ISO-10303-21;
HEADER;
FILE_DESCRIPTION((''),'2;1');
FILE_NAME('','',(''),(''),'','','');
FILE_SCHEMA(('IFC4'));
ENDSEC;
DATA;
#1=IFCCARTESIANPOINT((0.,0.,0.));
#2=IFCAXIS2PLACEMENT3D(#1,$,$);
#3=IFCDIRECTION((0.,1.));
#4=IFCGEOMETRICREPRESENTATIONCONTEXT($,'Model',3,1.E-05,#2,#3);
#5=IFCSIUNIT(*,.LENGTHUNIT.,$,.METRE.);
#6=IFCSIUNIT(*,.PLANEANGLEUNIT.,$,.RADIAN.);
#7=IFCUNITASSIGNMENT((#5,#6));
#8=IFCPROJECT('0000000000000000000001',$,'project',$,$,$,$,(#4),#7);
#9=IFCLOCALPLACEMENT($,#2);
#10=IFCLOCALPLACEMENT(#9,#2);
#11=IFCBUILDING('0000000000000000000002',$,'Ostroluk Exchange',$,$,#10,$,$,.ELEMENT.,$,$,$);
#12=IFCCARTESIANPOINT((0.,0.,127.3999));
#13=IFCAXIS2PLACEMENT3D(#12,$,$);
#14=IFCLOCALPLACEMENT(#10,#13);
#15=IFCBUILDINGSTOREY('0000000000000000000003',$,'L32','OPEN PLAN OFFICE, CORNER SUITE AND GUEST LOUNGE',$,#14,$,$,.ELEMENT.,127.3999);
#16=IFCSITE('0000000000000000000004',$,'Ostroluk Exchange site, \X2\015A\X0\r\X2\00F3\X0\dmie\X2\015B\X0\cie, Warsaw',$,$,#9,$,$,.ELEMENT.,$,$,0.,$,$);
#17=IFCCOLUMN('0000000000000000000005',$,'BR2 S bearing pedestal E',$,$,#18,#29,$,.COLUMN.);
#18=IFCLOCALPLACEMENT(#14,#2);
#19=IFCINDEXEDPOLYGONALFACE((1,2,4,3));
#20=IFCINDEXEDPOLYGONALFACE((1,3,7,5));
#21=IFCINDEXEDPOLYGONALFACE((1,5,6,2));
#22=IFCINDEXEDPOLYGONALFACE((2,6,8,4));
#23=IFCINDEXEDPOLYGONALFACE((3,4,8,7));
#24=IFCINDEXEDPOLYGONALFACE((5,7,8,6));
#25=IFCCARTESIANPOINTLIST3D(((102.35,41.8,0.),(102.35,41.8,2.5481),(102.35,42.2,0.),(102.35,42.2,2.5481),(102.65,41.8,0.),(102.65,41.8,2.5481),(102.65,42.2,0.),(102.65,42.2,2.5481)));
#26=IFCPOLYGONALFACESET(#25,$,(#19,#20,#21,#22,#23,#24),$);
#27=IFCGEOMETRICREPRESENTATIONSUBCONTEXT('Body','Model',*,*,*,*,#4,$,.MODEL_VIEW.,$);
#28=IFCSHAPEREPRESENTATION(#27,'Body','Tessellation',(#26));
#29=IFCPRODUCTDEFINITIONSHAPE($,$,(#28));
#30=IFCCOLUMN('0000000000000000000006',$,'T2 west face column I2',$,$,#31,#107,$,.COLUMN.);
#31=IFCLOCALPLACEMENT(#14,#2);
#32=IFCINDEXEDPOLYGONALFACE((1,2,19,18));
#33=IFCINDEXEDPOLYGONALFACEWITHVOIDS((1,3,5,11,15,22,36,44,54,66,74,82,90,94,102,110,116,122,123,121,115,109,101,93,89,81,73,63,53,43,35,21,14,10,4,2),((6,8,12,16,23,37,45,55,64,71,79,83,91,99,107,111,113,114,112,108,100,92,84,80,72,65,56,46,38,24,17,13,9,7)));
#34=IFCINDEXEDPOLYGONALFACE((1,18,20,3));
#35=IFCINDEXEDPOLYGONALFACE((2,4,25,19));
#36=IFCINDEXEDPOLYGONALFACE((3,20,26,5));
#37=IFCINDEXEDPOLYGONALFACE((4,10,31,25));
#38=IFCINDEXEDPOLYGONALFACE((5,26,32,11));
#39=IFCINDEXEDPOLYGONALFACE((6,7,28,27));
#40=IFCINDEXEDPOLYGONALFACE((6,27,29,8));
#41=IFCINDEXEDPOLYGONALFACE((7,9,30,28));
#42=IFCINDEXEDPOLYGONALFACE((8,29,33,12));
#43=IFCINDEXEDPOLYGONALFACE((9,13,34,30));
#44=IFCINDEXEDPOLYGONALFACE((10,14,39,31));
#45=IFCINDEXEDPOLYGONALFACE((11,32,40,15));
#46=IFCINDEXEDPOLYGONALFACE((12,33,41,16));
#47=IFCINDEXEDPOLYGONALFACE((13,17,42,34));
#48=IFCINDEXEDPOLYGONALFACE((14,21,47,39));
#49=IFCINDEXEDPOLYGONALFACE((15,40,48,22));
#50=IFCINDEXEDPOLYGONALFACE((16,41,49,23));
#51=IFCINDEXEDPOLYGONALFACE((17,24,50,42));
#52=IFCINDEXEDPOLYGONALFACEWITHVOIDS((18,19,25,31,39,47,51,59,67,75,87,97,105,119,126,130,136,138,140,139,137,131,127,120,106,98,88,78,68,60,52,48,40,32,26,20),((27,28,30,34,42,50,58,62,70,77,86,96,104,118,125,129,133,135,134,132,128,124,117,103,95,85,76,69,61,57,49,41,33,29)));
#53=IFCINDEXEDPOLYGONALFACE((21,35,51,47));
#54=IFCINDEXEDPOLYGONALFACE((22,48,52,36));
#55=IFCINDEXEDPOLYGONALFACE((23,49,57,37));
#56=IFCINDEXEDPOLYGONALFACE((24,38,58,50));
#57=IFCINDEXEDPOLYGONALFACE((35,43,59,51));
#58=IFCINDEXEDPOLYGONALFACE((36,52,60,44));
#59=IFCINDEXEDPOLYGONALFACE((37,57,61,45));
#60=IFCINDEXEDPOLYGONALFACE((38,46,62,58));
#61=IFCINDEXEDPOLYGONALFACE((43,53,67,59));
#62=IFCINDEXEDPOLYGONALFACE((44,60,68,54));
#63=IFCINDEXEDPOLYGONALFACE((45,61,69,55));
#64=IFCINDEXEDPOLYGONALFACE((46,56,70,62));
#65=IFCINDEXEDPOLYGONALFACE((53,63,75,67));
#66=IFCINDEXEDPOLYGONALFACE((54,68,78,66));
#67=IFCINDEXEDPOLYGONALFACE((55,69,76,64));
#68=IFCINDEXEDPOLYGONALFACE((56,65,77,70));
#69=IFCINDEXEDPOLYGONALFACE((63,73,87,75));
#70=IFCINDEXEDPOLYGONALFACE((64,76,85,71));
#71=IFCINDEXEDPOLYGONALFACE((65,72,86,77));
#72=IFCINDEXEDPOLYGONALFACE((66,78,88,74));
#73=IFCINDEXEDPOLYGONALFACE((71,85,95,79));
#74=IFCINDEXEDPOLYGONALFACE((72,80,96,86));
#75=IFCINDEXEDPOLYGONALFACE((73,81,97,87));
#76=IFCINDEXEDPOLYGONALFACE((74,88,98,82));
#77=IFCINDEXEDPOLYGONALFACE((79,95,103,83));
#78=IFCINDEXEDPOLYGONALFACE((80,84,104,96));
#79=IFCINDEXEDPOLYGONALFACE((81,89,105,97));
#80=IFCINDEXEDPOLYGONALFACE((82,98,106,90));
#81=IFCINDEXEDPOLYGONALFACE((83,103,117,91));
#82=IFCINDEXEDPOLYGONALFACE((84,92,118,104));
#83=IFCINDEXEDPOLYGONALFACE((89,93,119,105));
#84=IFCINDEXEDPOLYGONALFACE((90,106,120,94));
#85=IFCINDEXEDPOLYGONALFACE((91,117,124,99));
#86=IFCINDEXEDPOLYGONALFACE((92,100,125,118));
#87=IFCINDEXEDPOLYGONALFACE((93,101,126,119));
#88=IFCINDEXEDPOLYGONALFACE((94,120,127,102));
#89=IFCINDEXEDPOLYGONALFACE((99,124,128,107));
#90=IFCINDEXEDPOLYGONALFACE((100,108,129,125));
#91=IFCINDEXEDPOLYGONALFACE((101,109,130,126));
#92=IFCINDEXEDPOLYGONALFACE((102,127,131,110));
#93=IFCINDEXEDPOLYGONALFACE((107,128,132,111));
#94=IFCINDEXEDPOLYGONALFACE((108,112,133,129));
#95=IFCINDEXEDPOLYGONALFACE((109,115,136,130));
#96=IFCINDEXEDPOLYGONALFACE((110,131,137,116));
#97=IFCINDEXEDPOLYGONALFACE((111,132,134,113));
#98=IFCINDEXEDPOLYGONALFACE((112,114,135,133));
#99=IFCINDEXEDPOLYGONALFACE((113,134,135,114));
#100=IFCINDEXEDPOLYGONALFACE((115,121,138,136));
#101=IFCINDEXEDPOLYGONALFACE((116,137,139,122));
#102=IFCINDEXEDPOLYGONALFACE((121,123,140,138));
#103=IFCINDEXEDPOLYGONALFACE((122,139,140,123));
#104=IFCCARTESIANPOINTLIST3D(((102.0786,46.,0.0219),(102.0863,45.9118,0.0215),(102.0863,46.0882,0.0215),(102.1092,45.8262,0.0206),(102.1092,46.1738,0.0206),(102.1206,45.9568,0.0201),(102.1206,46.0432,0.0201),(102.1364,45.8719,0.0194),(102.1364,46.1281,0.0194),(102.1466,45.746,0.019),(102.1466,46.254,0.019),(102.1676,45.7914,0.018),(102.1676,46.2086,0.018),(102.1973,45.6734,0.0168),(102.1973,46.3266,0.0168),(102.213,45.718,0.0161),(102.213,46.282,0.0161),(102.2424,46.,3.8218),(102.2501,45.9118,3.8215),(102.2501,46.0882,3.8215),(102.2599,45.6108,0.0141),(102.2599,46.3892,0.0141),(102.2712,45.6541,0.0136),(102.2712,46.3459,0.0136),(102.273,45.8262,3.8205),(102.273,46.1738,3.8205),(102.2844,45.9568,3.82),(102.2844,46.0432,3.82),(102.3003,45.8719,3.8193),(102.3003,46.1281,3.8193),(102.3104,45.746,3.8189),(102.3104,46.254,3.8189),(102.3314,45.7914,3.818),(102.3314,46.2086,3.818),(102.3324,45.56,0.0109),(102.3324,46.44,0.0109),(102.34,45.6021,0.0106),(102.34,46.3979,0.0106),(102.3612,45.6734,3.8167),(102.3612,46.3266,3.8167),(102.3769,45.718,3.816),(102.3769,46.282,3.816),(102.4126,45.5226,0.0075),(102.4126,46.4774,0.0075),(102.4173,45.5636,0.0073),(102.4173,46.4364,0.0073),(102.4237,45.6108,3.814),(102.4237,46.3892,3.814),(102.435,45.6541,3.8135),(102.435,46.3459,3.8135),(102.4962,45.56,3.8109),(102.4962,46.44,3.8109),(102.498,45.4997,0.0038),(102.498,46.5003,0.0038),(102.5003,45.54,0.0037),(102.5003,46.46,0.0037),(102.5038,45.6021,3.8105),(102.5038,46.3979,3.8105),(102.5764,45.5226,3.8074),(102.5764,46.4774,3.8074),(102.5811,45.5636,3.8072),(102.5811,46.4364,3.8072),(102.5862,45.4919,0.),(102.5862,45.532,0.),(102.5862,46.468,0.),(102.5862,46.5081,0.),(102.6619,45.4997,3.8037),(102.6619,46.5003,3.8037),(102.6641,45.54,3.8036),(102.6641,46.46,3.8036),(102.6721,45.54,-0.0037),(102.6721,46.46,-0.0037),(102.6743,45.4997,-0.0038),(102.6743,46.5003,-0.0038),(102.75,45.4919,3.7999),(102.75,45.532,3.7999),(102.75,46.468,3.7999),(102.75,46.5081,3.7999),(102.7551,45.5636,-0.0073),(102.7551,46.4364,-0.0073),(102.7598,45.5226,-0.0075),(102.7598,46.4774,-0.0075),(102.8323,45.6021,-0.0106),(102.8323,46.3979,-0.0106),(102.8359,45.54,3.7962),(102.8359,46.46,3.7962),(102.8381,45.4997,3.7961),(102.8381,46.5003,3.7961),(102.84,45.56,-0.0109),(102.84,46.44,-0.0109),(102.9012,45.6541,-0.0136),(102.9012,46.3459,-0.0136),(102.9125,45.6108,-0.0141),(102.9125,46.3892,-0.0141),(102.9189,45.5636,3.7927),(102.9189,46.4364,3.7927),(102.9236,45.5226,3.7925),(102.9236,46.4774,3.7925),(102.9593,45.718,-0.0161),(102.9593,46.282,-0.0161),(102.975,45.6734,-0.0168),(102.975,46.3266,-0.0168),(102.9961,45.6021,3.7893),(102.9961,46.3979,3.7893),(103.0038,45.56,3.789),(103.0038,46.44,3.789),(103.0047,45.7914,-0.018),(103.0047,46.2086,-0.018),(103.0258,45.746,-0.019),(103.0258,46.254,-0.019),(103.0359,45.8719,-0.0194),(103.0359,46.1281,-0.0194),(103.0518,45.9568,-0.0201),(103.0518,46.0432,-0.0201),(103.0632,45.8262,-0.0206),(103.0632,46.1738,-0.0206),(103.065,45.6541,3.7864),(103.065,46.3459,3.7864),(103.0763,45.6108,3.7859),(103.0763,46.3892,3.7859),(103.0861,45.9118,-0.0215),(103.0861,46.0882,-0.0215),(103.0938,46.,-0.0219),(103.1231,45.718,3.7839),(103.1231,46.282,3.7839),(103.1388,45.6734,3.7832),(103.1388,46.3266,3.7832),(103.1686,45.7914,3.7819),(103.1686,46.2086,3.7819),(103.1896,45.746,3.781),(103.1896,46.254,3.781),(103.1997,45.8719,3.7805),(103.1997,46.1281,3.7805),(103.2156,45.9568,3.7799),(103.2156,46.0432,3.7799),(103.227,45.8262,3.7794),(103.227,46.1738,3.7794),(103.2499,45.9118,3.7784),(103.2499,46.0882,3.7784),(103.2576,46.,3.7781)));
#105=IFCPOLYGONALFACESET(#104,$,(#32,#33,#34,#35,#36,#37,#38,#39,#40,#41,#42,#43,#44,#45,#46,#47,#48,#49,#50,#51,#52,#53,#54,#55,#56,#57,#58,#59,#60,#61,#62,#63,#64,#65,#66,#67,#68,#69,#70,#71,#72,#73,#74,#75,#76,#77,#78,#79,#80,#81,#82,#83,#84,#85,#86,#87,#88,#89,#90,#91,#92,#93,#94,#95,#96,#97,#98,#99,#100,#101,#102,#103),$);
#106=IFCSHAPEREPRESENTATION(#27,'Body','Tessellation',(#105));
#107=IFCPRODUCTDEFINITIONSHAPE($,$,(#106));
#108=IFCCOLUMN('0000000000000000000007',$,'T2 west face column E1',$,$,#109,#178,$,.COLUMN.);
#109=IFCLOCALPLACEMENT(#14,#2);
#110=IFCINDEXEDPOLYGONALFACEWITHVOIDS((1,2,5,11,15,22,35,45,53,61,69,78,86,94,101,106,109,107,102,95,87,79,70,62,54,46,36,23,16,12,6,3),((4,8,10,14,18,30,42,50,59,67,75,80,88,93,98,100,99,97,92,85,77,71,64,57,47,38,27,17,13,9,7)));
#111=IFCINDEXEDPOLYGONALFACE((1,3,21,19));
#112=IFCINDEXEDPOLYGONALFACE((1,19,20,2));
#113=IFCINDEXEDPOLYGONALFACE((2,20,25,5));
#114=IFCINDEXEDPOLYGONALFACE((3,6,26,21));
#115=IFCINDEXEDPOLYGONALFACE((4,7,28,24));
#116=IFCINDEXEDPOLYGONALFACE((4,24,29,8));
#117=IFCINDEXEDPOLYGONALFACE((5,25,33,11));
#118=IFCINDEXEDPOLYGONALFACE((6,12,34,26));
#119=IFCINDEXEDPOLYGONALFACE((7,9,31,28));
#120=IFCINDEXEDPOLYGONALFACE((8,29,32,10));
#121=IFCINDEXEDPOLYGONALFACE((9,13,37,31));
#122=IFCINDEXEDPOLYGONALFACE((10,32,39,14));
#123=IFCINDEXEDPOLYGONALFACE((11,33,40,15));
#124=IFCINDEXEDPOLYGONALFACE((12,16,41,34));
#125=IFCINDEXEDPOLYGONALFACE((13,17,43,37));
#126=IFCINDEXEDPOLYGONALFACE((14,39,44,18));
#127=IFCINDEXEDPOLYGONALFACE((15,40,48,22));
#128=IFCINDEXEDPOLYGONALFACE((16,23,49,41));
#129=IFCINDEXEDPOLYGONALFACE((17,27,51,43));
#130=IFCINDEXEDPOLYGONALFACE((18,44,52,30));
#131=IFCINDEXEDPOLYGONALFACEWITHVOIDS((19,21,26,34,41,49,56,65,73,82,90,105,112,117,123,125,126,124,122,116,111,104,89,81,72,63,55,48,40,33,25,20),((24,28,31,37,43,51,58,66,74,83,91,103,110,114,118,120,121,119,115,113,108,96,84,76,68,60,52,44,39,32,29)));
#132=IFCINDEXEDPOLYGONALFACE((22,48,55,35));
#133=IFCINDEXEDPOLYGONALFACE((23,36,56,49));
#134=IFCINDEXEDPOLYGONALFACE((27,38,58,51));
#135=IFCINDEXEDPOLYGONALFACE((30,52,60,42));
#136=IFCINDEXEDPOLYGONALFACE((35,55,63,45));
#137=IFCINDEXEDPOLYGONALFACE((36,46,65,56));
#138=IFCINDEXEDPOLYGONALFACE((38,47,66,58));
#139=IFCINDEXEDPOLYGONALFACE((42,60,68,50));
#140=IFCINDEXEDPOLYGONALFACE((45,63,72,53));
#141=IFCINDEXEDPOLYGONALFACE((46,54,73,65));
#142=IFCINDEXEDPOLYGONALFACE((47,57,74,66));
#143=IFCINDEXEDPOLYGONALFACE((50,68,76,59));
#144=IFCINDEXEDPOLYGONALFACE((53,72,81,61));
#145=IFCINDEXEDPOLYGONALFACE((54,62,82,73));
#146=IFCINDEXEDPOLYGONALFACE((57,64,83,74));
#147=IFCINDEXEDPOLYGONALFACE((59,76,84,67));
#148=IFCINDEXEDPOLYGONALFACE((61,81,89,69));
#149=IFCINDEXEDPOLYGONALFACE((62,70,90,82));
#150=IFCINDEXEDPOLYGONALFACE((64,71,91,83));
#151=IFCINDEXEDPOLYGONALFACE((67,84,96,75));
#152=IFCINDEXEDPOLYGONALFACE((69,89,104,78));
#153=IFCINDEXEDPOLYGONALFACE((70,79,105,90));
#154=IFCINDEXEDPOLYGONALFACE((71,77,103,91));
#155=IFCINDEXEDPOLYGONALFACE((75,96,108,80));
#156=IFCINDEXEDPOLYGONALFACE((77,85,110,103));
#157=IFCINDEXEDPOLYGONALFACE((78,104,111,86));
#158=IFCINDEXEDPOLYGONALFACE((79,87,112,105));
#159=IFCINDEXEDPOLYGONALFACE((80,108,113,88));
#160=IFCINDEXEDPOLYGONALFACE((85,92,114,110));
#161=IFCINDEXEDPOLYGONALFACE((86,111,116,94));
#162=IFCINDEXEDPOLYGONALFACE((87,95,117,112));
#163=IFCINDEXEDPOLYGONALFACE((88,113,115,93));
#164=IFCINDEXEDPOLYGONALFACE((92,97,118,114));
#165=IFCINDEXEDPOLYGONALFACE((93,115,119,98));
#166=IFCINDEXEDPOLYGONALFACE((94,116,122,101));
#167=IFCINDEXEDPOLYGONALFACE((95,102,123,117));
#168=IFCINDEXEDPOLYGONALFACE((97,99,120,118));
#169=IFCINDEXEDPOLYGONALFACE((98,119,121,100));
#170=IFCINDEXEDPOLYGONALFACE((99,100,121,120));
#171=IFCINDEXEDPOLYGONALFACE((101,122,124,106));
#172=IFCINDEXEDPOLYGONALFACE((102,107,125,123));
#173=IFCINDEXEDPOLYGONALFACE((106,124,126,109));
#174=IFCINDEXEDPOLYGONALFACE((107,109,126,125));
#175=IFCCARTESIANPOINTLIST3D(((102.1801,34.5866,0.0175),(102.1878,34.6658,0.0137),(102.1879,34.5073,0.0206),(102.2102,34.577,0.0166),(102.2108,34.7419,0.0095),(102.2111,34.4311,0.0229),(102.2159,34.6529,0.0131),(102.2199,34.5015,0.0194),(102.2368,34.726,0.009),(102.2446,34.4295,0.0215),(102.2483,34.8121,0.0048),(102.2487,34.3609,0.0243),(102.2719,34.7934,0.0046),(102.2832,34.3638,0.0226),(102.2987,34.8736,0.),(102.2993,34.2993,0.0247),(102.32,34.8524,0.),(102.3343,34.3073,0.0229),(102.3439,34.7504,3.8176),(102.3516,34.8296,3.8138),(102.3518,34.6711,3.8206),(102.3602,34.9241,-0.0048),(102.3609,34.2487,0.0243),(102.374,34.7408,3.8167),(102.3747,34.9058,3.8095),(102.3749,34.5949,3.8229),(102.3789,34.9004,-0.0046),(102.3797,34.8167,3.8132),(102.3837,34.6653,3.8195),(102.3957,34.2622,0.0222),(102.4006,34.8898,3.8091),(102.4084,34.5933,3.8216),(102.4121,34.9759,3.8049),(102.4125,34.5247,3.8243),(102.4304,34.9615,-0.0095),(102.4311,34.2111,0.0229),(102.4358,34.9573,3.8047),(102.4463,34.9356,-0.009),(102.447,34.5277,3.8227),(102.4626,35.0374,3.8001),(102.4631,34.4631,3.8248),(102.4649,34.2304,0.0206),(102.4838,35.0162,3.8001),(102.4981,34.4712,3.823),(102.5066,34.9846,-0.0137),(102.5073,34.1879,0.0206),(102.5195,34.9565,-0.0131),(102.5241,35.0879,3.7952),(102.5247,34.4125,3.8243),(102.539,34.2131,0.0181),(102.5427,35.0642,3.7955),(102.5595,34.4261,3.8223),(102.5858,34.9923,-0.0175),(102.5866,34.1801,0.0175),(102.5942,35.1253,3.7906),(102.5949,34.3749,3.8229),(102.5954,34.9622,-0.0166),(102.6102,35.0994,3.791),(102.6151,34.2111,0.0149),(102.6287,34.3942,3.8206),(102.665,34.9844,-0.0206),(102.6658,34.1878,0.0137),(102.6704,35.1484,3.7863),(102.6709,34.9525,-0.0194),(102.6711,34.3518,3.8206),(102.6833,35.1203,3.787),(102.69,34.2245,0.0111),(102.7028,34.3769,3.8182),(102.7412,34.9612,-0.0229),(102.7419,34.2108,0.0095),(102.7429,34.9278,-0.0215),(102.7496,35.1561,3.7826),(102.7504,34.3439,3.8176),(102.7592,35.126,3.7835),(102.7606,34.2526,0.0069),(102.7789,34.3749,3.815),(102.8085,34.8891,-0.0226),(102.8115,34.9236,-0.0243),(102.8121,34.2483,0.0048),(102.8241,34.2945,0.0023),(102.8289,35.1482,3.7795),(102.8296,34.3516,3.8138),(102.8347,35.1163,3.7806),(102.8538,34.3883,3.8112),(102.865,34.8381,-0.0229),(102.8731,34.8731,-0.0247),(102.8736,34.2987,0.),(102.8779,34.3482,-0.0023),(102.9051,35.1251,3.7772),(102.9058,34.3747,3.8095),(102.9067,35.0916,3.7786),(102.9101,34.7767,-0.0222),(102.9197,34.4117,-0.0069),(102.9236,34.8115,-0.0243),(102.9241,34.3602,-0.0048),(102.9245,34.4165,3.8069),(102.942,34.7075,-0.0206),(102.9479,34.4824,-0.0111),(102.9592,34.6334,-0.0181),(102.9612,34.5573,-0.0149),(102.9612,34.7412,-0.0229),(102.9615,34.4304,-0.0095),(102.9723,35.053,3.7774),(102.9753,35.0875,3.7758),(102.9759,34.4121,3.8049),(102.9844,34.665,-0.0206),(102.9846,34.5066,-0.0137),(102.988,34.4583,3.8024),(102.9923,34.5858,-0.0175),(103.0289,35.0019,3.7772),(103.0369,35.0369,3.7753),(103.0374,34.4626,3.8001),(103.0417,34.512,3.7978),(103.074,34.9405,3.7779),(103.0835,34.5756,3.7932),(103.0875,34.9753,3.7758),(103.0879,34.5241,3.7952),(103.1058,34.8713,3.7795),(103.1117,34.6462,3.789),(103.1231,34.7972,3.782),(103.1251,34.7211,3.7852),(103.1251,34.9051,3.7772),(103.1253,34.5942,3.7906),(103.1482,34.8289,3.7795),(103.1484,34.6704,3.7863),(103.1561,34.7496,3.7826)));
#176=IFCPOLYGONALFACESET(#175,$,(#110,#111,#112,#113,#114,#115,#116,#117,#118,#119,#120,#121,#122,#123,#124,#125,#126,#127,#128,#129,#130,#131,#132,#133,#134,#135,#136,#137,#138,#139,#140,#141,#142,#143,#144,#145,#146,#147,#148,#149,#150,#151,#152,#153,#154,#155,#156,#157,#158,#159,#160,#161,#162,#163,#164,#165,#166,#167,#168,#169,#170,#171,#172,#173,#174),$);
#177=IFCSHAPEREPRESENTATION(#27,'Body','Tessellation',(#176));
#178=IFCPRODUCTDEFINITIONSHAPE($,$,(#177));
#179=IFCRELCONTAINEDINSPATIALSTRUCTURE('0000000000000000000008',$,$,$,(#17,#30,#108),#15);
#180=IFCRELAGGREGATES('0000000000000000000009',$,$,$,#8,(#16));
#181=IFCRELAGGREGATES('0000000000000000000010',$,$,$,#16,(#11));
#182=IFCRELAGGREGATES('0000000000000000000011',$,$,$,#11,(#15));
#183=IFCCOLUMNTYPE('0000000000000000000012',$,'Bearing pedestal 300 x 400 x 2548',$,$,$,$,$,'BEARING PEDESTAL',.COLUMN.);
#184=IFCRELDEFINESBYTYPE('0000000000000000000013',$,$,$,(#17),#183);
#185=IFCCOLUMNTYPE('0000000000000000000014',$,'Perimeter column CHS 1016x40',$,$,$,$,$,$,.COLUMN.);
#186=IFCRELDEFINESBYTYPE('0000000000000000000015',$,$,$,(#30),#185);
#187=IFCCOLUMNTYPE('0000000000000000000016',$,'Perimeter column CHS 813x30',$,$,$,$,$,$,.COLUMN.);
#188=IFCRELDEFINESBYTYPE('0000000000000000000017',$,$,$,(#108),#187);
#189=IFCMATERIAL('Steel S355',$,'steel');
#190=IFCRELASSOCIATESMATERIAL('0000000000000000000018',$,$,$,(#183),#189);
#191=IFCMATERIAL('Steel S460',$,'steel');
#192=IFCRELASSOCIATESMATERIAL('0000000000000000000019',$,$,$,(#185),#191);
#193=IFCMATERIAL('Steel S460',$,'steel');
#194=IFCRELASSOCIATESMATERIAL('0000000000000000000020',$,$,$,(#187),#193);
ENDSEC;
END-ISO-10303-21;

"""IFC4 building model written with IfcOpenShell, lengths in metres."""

from ifc_helpers import new_model, si_unit, direction, frame, origin, origin_2d, place, context, subcontext, project, spatial, rectangle, hollow_circle, extrude, material, material_profile, profile_set, type_object, element, save


model = new_model("IFC4")

# Units and contexts
model_context = context("Model", 3, precision=1e-05, world=origin(), true_north=direction((0.0, 1.0)))
body_context = subcontext(model_context, "Body", "Model", "MODEL_VIEW")
ifc_project = project(units=[si_unit("LENGTHUNIT", "METRE"), si_unit("PLANEANGLEUNIT", "RADIAN")], contexts=[model_context])

# Site, building, storey
site_placement = place(None, origin())
site = spatial("IfcSite", under=ifc_project, at=site_placement, Name="Ostroluk Exchange site, Śródmieście, Warsaw", CompositionType="ELEMENT", RefElevation=0.0)
building_placement = place(site_placement, origin())
building = spatial("IfcBuilding", under=site, at=building_placement, Name="Ostroluk Exchange", CompositionType="ELEMENT")
storey_placement = place(building_placement, frame((0.0, 0.0, 127.3999)))
storey = spatial("IfcBuildingStorey", under=building, at=storey_placement, Name="L32", Description="OPEN PLAN OFFICE, CORNER SUITE AND GUEST LOUNGE", CompositionType="ELEMENT", Elevation=127.3999)

# Columns
ifc_material_1 = material(Name="Steel S355", Category="steel")
ifc_material_profile_1 = material_profile(ifc_material_1, rectangle(XDim=0.3, YDim=0.3999, at=origin_2d()), Name="PL 300x400")
ifc_profile_set_1 = profile_set([ifc_material_profile_1], Name="Steel S355")
column_type_1 = type_object("IfcColumnType", Name="Bearing pedestal 300 x 400 x 2548", ElementType="BEARING PEDESTAL", PredefinedType="COLUMN", material=ifc_profile_set_1)
column_1_placement = place(storey_placement, frame((102.5, 42.0, 0.0), z_axis=(0.0, 0.0, 1.0), x_axis=(1.0, 0.0, 0.0)))
element("IfcColumn", 1, at=column_1_placement, inside=storey, type_object=column_type_1, Name="BR2 S bearing pedestal E", PredefinedType="COLUMN", context=body_context, shape_type="SweptSolid", body=[
    extrude(rectangle(XDim=0.3, YDim=0.3999, at=origin_2d()), origin(), (0.0, 0.0, 1.0), 2.5481),
])
ifc_material_2 = material(Name="Steel S460", Category="steel")
ifc_material_profile_2 = material_profile(ifc_material_2, hollow_circle(Radius=0.5081, WallThickness=0.04, at=origin_2d()), Name="CHS 1016x40")
ifc_profile_set_2 = profile_set([ifc_material_profile_2], Name="Steel S460")
column_type_2 = type_object("IfcColumnType", Name="Perimeter column CHS 1016x40", PredefinedType="COLUMN", material=ifc_profile_set_2)
column_2_placement = place(storey_placement, frame((102.5862, 46.0, 0.0), z_axis=(0.04307, 0.0, 0.999072), x_axis=(0.0, 1.0, 0.0)))
element("IfcColumn", 2, at=column_2_placement, inside=storey, type_object=column_type_2, Name="T2 west face column I2", PredefinedType="COLUMN", context=body_context, shape_type="SweptSolid", body=[
    extrude(hollow_circle(Radius=0.5081, WallThickness=0.04, at=origin_2d()), origin(), (0.0, 0.0, 1.0), 3.8035),
])
ifc_material_3 = material(Name="Steel S460", Category="steel")
ifc_material_profile_3 = material_profile(ifc_material_3, hollow_circle(Radius=0.4065, WallThickness=0.03, at=origin_2d()), Name="CHS 813x30")
ifc_profile_set_3 = profile_set([ifc_material_profile_3], Name="Steel S460")
column_type_3 = type_object("IfcColumnType", Name="Perimeter column CHS 813x30", PredefinedType="COLUMN", material=ifc_profile_set_3)
column_3_placement = place(storey_placement, frame((102.5862, 34.5862, 0.0), z_axis=(0.04303, 0.04303, 0.998147), x_axis=(-0.707107, 0.707107, 0.0)))
element("IfcColumn", 3, at=column_3_placement, inside=storey, type_object=column_type_3, Name="T2 west face column E1", PredefinedType="COLUMN", context=body_context, shape_type="SweptSolid", body=[
    extrude(hollow_circle(Radius=0.4065, WallThickness=0.03, at=origin_2d()), origin(), (0.0, 0.0, 1.0), 3.8071),
])

save(model, "model.ifc")
